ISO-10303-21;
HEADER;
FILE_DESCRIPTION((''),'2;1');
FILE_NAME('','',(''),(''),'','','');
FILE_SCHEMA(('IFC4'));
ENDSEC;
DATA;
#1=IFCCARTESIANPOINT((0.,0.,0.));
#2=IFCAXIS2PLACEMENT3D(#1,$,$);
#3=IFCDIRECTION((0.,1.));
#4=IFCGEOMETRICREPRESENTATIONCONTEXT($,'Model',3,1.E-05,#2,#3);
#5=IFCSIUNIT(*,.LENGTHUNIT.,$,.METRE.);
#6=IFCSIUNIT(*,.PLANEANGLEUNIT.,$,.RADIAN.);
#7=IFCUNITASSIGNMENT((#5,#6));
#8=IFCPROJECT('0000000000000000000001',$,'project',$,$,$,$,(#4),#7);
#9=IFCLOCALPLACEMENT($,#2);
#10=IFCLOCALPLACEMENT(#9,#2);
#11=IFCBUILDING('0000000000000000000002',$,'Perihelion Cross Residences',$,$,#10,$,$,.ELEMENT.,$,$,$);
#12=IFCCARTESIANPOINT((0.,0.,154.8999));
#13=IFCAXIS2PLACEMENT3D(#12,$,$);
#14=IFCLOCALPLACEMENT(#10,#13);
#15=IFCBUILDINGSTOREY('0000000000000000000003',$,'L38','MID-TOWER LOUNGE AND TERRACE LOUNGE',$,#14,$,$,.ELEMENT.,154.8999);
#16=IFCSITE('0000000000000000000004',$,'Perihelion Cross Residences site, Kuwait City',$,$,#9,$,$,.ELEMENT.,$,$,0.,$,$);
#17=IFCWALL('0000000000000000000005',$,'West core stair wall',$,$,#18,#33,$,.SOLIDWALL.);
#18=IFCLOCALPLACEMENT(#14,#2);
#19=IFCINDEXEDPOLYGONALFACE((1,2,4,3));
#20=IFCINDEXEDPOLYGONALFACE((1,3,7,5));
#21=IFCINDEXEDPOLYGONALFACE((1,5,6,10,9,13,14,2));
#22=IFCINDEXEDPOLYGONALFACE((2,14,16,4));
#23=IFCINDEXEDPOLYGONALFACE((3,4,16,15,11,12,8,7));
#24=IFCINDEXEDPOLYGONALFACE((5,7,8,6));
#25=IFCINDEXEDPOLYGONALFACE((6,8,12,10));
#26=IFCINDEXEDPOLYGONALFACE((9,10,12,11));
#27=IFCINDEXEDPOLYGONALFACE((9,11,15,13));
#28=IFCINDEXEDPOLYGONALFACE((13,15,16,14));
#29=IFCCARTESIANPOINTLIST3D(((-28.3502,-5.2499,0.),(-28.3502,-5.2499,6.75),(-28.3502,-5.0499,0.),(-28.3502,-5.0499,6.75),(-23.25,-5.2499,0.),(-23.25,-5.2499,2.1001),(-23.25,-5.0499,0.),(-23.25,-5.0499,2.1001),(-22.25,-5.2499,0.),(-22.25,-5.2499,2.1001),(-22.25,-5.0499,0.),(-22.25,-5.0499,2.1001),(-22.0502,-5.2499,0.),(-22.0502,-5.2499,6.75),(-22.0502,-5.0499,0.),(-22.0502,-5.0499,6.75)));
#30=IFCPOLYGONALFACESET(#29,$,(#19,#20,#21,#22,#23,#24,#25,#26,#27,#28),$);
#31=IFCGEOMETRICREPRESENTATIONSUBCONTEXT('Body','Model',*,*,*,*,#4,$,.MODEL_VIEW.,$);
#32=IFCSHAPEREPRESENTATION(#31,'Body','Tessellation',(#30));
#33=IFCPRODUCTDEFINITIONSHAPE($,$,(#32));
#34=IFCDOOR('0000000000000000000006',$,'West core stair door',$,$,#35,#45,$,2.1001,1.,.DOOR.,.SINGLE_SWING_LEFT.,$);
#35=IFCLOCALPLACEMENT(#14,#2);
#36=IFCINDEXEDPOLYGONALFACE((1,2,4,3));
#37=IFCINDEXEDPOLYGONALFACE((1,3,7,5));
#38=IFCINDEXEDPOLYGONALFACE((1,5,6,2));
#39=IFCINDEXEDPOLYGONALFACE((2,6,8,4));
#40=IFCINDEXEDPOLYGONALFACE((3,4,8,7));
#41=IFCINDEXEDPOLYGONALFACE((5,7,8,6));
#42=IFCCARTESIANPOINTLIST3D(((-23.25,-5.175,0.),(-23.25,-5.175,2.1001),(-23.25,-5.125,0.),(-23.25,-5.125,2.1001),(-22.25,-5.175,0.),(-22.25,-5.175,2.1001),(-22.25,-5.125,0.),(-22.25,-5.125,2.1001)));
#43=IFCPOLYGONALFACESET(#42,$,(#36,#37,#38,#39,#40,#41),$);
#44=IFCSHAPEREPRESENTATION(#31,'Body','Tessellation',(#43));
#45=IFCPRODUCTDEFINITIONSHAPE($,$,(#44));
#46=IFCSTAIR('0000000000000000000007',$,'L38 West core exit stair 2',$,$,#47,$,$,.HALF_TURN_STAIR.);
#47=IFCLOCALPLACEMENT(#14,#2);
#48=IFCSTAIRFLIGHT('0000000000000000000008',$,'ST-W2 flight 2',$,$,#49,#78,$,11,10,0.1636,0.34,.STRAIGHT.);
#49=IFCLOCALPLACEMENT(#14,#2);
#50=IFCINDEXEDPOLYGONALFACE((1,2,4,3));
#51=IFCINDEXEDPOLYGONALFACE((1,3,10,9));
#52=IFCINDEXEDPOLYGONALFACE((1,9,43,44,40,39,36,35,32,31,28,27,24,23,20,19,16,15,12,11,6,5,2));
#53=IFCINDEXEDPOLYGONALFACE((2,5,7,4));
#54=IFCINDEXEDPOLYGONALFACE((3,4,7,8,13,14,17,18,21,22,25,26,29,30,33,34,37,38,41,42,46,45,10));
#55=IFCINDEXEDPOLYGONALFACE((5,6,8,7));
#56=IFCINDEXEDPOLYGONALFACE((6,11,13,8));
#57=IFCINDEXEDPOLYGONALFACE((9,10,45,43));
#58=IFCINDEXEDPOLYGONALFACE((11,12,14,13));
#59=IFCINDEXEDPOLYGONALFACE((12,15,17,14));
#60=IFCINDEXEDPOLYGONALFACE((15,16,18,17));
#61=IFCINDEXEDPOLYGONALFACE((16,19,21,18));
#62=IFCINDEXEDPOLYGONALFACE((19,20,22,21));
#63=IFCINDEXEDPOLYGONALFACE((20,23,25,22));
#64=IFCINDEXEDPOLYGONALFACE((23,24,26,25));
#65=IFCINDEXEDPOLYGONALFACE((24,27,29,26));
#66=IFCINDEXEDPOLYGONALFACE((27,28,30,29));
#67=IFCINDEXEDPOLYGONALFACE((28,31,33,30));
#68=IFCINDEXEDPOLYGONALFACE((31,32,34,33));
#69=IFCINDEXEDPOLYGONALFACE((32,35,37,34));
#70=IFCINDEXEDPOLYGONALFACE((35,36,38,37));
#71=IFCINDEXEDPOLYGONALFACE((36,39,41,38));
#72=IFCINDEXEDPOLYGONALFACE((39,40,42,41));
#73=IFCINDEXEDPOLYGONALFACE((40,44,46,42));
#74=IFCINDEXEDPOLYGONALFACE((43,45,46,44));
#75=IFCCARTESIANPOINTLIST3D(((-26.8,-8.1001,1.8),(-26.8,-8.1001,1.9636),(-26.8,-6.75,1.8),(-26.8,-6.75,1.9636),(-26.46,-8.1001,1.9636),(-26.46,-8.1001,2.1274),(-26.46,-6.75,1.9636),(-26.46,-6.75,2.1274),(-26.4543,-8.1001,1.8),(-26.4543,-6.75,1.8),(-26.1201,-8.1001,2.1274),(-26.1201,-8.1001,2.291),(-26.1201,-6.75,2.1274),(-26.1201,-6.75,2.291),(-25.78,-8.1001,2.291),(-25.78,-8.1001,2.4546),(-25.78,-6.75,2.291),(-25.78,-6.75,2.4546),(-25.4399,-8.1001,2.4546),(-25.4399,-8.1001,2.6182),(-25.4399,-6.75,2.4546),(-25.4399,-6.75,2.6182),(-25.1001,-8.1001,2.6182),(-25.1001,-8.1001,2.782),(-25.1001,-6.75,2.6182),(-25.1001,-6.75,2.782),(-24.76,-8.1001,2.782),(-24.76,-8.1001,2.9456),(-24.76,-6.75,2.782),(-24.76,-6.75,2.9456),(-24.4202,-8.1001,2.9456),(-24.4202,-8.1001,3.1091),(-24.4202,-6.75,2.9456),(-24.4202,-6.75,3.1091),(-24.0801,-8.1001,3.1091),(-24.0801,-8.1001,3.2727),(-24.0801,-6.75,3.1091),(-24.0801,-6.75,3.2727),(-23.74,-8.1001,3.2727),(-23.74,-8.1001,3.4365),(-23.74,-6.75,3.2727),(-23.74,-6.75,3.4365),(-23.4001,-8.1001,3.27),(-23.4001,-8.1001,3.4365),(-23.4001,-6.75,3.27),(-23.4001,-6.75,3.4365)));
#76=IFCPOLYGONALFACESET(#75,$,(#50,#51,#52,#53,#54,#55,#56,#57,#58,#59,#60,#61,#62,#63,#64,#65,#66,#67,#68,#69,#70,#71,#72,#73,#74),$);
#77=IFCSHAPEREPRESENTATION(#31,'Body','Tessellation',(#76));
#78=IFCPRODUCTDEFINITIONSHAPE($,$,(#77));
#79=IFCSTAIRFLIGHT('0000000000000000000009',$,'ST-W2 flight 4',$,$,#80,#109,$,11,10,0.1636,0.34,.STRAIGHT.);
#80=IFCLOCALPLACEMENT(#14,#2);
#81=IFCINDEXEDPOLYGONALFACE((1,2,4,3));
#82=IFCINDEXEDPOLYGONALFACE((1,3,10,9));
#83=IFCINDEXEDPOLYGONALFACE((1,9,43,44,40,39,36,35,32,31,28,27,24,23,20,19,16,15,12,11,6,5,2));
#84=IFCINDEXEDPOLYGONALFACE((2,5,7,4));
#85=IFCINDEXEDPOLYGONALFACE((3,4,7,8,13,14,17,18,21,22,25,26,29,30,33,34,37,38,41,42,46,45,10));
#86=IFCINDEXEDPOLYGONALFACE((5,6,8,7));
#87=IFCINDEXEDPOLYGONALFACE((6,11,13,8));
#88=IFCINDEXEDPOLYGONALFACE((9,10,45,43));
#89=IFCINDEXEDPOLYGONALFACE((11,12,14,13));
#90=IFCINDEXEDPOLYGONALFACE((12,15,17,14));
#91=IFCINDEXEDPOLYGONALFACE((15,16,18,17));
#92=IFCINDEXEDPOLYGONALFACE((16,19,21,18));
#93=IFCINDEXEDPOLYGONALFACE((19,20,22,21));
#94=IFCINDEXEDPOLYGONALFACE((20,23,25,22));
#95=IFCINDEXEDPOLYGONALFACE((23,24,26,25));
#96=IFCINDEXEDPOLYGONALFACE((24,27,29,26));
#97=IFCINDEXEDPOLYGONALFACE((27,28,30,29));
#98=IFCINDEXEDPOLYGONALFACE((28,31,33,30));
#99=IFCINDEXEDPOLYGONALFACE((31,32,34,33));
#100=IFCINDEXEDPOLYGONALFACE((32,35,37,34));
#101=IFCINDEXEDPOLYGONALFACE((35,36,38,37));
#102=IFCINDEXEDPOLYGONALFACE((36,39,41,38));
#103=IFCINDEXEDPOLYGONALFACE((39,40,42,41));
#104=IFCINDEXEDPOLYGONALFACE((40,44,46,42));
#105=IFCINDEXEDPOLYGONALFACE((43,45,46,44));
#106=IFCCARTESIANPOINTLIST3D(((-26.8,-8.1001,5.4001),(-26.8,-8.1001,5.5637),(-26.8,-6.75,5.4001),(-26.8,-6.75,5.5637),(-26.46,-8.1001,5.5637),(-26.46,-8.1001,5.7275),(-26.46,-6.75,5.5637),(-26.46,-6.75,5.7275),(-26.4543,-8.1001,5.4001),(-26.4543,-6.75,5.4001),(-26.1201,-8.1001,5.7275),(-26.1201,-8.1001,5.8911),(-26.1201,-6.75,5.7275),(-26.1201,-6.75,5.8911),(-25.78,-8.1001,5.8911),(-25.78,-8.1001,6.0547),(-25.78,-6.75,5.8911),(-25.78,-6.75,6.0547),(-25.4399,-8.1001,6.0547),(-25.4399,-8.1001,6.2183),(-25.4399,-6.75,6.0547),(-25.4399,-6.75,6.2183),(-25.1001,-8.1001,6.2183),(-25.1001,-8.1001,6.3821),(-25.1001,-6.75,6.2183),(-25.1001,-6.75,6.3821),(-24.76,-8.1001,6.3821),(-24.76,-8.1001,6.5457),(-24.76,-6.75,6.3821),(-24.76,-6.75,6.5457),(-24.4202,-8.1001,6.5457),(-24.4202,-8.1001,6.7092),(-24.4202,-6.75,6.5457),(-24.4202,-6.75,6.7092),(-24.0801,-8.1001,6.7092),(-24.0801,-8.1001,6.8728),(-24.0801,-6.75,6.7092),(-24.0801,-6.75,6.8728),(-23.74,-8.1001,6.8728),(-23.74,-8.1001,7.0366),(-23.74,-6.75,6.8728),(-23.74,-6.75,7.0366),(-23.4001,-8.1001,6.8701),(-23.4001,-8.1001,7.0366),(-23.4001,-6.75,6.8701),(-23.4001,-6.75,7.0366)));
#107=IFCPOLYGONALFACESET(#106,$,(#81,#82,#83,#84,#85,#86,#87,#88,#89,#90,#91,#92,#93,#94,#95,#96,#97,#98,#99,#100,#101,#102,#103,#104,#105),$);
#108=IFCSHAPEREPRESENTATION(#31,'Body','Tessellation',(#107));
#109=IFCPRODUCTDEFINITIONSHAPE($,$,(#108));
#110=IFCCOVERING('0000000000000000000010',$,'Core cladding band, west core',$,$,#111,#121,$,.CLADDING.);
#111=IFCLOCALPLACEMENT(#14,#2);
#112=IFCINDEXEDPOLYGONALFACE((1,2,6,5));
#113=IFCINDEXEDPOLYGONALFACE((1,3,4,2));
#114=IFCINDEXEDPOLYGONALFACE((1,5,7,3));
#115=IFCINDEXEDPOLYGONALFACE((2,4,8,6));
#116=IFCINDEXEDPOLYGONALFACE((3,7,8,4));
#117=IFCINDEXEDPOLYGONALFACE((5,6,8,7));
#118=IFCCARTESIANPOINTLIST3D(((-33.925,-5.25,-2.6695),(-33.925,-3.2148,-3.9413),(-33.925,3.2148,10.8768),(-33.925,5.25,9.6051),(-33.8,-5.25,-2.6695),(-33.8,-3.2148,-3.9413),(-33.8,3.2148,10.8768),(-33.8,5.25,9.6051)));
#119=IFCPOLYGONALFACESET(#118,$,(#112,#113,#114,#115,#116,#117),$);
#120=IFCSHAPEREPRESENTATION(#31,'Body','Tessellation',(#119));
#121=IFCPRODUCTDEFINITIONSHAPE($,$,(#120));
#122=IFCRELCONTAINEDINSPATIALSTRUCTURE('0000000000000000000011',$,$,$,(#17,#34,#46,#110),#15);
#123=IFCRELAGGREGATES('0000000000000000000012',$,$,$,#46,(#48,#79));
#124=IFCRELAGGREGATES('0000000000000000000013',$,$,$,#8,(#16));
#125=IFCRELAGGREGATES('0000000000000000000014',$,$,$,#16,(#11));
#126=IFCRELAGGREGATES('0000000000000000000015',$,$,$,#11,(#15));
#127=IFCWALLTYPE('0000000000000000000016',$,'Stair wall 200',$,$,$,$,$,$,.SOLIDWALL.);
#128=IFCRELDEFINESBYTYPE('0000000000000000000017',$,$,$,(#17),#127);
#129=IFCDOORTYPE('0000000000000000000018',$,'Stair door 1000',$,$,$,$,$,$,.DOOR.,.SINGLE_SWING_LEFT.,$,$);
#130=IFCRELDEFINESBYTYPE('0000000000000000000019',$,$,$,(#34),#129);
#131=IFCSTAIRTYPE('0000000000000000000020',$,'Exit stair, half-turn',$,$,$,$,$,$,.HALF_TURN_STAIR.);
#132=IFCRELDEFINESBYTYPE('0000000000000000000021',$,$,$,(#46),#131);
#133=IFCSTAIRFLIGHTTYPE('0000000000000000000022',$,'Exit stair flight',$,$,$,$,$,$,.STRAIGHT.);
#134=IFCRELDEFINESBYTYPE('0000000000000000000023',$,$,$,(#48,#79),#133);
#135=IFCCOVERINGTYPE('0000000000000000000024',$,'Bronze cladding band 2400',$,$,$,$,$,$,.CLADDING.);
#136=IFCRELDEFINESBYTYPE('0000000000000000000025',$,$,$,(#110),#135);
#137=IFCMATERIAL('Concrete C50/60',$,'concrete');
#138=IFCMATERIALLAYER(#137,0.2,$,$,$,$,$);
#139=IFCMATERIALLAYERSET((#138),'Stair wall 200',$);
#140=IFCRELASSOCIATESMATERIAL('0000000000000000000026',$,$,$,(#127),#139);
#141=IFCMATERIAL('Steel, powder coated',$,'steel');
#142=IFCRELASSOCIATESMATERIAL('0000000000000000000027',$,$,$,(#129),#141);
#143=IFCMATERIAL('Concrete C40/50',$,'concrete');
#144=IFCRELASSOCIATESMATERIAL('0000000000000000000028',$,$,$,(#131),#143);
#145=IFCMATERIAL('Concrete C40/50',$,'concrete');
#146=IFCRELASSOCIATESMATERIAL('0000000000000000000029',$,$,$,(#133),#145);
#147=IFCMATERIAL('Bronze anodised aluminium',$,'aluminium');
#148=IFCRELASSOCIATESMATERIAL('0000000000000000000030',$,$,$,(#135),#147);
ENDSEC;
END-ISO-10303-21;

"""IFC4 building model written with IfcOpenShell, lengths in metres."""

from ifc_helpers import new_model, si_unit, direction, frame, frame_2d, origin, origin_2d, place, context, subcontext, project, spatial, polyline, rectangle, outline, extrude, material, layer, layer_set, material_profile, profile_set, type_object, element, fill, aggregate, save


model = new_model("IFC4")

# Units and contexts
model_context = context("Model", 3, precision=1e-05, world=origin(), true_north=direction((0.0, 1.0)))
body_context = subcontext(model_context, "Body", "Model", "MODEL_VIEW")
ifc_project = project(units=[si_unit("LENGTHUNIT", "METRE"), si_unit("PLANEANGLEUNIT", "RADIAN")], contexts=[model_context])

# Site, building, storey
site_placement = place(None, origin())
site = spatial("IfcSite", under=ifc_project, at=site_placement, Name="Perihelion Cross Residences site, Kuwait City", CompositionType="ELEMENT", RefElevation=0.0)
building_placement = place(site_placement, origin())
building = spatial("IfcBuilding", under=site, at=building_placement, Name="Perihelion Cross Residences", CompositionType="ELEMENT")
storey_placement = place(building_placement, frame((0.0, 0.0, 154.8999)))
storey = spatial("IfcBuildingStorey", under=building, at=storey_placement, Name="L38", Description="MID-TOWER LOUNGE AND TERRACE LOUNGE", CompositionType="ELEMENT", Elevation=154.8999)

# Wall, opening, door
ifc_material_1 = material(Name="Concrete C50/60", Category="concrete")
ifc_layer_1 = layer(ifc_material_1, 0.2)
ifc_layer_set_1 = layer_set([ifc_layer_1], Name="Stair wall 200")
wall_type_1 = type_object("IfcWallType", Name="Stair wall 200", PredefinedType="SOLIDWALL", material=ifc_layer_set_1)
wall_1_placement = place(storey_placement, frame((-28.3501, -5.1499, 0.0), z_axis=(0.0, 0.0, 1.0), x_axis=(1.0, 0.0, 0.0)))
wall_1 = element("IfcWall", 1, at=wall_1_placement, inside=storey, type_object=wall_type_1, Name="West core stair wall", PredefinedType="SOLIDWALL", context=body_context, shape_type="SweptSolid", body=[
    extrude(rectangle(XDim=6.3, YDim=0.2, at=frame_2d((3.1499, 0.0))), origin(), (0.0, 0.0, 1.0), 6.75),
])
opening_1_placement = place(wall_1_placement, frame((5.1001, 0.0, 0.0)))
opening_1 = element("IfcOpeningElement", 2, at=opening_1_placement, cuts=wall_1, PredefinedType="OPENING", context=body_context, shape_type="SweptSolid", body=[
    extrude(rectangle(XDim=1.0, YDim=2.1001, at=frame_2d((0.5, 1.05))), frame((0.0, 0.1099, 0.0), z_axis=(0.0, -1.0, 0.0), x_axis=(1.0, 0.0, 0.0)), (0.0, 0.0, 1.0), 0.22),
])
ifc_material_2 = material(Name="Steel, powder coated", Category="steel")
door_type_1 = type_object("IfcDoorType", Name="Stair door 1000", OperationType="SINGLE_SWING_LEFT", PredefinedType="DOOR", material=ifc_material_2)
door_1_placement = place(opening_1_placement, origin())
door_1 = element("IfcDoor", 3, at=door_1_placement, inside=storey, type_object=door_type_1, Name="West core stair door", OperationType="SINGLE_SWING_LEFT", OverallHeight=2.1001, OverallWidth=1.0, PredefinedType="DOOR", context=body_context, shape_type="SweptSolid", body=[
    extrude(rectangle(XDim=1.0, YDim=2.1001, at=frame_2d((0.5, 1.05))), frame((0.0, 0.0249, 0.0), z_axis=(0.0, -1.0, 0.0), x_axis=(1.0, 0.0, 0.0)), (0.0, 0.0, 1.0), 0.05),
])
fill(opening_1, door_1)

# Stair, stair flights
ifc_material_3 = material(Name="Concrete C40/50", Category="concrete")
stair_type = type_object("IfcStairType", Name="Exit stair, half-turn", PredefinedType="HALF_TURN_STAIR", material=ifc_material_3)
stair_placement = place(storey_placement, origin())
stair = element("IfcStair", 4, at=stair_placement, inside=storey, type_object=stair_type, Name="L38 West core exit stair 2", PredefinedType="HALF_TURN_STAIR")
ifc_material_4 = material(Name="Concrete C40/50", Category="concrete")
stair_flight_type = type_object("IfcStairFlightType", Name="Exit stair flight", PredefinedType="STRAIGHT", material=ifc_material_4)
stair_flight_1_placement = place(storey_placement, frame((-26.8, -7.425, 1.8), z_axis=(0.0, 0.0, 1.0), x_axis=(1.0, 0.0, 0.0)))
stair_flight_1 = element("IfcStairFlight", 5, at=stair_flight_1_placement, type_object=stair_flight_type, Name="ST-W2 flight 2", NumberOfRisers=11, NumberOfTreads=10, PredefinedType="STRAIGHT", RiserHeight=0.1636, TreadLength=0.34, context=body_context, shape_type="SweptSolid", body=[
    extrude(outline(polyline([(0.0, 0.0), (0.0, 0.1636), (0.3401, 0.1636), (0.3401, 0.3274), (0.6799, 0.3274), (0.6799, 0.491), (1.02, 0.491), (1.02, 0.6545), (1.3601, 0.6545), (1.3601, 0.8181), (1.7, 0.8181), (1.7, 0.9819), (2.04, 0.9819), (2.04, 1.1455), (2.3799, 1.1455), (2.3799, 1.3091), (2.72, 1.3091), (2.72, 1.4727), (3.0601, 1.4727), (3.0601, 1.6365), (3.3999, 1.6365), (3.3999, 1.8), (3.3999, 1.47), (0.3457, 0.0), (0.0, 0.0)])), frame((0.0, 0.675, 0.0), z_axis=(0.0, -1.0, 0.0), x_axis=(1.0, 0.0, 0.0)), (0.0, 0.0, 1.0), 1.3501),
])
stair_flight_2_placement = place(storey_placement, frame((-26.8, -7.425, 5.4001), z_axis=(0.0, 0.0, 1.0), x_axis=(1.0, 0.0, 0.0)))
stair_flight_2 = element("IfcStairFlight", 6, at=stair_flight_2_placement, type_object=stair_flight_type, Name="ST-W2 flight 4", NumberOfRisers=11, NumberOfTreads=10, PredefinedType="STRAIGHT", RiserHeight=0.1636, TreadLength=0.34, context=body_context, shape_type="SweptSolid", body=[
    extrude(outline(polyline([(0.0, 0.0), (0.0, 0.1636), (0.3401, 0.1636), (0.3401, 0.3274), (0.6799, 0.3274), (0.6799, 0.491), (1.02, 0.491), (1.02, 0.6545), (1.3601, 0.6545), (1.3601, 0.8181), (1.7, 0.8181), (1.7, 0.9819), (2.04, 0.9819), (2.04, 1.1455), (2.3799, 1.1455), (2.3799, 1.3091), (2.72, 1.3091), (2.72, 1.4727), (3.0601, 1.4727), (3.0601, 1.6365), (3.3999, 1.6365), (3.3999, 1.8), (3.3999, 1.47), (0.3457, 0.0), (0.0, 0.0)])), frame((0.0, 0.675, 0.0), z_axis=(0.0, -1.0, 0.0), x_axis=(1.0, 0.0, 0.0)), (0.0, 0.0, 1.0), 1.3501),
])
aggregate(stair, [stair_flight_1, stair_flight_2])

# Covering
ifc_material_5 = material(Name="Bronze anodised aluminium", Category="aluminium")
ifc_material_profile = material_profile(ifc_material_5, rectangle(XDim=0.125, YDim=2.3999, at=origin_2d()), Name="Bronze cladding band 2400")
ifc_profile_set = profile_set([ifc_material_profile], Name="Bronze anodised aluminium")
covering_type = type_object("IfcCoveringType", Name="Bronze cladding band 2400", PredefinedType="CLADDING", material=ifc_profile_set)
covering_placement = place(storey_placement, frame((-33.8625, -4.2324, -3.3054), z_axis=(0.0, 0.529925, 0.848045), x_axis=(-1.0, 0.0, 0.0)))
element("IfcCovering", 7, at=covering_placement, inside=storey, type_object=covering_type, Name="Core cladding band, west core", PredefinedType="CLADDING", context=body_context, shape_type="SweptSolid", body=[
    extrude(rectangle(XDim=0.125, YDim=2.3999, at=origin_2d()), origin(), (0.0, 0.0, 1.0), 15.9736),
])

save(model, "model.ifc")
